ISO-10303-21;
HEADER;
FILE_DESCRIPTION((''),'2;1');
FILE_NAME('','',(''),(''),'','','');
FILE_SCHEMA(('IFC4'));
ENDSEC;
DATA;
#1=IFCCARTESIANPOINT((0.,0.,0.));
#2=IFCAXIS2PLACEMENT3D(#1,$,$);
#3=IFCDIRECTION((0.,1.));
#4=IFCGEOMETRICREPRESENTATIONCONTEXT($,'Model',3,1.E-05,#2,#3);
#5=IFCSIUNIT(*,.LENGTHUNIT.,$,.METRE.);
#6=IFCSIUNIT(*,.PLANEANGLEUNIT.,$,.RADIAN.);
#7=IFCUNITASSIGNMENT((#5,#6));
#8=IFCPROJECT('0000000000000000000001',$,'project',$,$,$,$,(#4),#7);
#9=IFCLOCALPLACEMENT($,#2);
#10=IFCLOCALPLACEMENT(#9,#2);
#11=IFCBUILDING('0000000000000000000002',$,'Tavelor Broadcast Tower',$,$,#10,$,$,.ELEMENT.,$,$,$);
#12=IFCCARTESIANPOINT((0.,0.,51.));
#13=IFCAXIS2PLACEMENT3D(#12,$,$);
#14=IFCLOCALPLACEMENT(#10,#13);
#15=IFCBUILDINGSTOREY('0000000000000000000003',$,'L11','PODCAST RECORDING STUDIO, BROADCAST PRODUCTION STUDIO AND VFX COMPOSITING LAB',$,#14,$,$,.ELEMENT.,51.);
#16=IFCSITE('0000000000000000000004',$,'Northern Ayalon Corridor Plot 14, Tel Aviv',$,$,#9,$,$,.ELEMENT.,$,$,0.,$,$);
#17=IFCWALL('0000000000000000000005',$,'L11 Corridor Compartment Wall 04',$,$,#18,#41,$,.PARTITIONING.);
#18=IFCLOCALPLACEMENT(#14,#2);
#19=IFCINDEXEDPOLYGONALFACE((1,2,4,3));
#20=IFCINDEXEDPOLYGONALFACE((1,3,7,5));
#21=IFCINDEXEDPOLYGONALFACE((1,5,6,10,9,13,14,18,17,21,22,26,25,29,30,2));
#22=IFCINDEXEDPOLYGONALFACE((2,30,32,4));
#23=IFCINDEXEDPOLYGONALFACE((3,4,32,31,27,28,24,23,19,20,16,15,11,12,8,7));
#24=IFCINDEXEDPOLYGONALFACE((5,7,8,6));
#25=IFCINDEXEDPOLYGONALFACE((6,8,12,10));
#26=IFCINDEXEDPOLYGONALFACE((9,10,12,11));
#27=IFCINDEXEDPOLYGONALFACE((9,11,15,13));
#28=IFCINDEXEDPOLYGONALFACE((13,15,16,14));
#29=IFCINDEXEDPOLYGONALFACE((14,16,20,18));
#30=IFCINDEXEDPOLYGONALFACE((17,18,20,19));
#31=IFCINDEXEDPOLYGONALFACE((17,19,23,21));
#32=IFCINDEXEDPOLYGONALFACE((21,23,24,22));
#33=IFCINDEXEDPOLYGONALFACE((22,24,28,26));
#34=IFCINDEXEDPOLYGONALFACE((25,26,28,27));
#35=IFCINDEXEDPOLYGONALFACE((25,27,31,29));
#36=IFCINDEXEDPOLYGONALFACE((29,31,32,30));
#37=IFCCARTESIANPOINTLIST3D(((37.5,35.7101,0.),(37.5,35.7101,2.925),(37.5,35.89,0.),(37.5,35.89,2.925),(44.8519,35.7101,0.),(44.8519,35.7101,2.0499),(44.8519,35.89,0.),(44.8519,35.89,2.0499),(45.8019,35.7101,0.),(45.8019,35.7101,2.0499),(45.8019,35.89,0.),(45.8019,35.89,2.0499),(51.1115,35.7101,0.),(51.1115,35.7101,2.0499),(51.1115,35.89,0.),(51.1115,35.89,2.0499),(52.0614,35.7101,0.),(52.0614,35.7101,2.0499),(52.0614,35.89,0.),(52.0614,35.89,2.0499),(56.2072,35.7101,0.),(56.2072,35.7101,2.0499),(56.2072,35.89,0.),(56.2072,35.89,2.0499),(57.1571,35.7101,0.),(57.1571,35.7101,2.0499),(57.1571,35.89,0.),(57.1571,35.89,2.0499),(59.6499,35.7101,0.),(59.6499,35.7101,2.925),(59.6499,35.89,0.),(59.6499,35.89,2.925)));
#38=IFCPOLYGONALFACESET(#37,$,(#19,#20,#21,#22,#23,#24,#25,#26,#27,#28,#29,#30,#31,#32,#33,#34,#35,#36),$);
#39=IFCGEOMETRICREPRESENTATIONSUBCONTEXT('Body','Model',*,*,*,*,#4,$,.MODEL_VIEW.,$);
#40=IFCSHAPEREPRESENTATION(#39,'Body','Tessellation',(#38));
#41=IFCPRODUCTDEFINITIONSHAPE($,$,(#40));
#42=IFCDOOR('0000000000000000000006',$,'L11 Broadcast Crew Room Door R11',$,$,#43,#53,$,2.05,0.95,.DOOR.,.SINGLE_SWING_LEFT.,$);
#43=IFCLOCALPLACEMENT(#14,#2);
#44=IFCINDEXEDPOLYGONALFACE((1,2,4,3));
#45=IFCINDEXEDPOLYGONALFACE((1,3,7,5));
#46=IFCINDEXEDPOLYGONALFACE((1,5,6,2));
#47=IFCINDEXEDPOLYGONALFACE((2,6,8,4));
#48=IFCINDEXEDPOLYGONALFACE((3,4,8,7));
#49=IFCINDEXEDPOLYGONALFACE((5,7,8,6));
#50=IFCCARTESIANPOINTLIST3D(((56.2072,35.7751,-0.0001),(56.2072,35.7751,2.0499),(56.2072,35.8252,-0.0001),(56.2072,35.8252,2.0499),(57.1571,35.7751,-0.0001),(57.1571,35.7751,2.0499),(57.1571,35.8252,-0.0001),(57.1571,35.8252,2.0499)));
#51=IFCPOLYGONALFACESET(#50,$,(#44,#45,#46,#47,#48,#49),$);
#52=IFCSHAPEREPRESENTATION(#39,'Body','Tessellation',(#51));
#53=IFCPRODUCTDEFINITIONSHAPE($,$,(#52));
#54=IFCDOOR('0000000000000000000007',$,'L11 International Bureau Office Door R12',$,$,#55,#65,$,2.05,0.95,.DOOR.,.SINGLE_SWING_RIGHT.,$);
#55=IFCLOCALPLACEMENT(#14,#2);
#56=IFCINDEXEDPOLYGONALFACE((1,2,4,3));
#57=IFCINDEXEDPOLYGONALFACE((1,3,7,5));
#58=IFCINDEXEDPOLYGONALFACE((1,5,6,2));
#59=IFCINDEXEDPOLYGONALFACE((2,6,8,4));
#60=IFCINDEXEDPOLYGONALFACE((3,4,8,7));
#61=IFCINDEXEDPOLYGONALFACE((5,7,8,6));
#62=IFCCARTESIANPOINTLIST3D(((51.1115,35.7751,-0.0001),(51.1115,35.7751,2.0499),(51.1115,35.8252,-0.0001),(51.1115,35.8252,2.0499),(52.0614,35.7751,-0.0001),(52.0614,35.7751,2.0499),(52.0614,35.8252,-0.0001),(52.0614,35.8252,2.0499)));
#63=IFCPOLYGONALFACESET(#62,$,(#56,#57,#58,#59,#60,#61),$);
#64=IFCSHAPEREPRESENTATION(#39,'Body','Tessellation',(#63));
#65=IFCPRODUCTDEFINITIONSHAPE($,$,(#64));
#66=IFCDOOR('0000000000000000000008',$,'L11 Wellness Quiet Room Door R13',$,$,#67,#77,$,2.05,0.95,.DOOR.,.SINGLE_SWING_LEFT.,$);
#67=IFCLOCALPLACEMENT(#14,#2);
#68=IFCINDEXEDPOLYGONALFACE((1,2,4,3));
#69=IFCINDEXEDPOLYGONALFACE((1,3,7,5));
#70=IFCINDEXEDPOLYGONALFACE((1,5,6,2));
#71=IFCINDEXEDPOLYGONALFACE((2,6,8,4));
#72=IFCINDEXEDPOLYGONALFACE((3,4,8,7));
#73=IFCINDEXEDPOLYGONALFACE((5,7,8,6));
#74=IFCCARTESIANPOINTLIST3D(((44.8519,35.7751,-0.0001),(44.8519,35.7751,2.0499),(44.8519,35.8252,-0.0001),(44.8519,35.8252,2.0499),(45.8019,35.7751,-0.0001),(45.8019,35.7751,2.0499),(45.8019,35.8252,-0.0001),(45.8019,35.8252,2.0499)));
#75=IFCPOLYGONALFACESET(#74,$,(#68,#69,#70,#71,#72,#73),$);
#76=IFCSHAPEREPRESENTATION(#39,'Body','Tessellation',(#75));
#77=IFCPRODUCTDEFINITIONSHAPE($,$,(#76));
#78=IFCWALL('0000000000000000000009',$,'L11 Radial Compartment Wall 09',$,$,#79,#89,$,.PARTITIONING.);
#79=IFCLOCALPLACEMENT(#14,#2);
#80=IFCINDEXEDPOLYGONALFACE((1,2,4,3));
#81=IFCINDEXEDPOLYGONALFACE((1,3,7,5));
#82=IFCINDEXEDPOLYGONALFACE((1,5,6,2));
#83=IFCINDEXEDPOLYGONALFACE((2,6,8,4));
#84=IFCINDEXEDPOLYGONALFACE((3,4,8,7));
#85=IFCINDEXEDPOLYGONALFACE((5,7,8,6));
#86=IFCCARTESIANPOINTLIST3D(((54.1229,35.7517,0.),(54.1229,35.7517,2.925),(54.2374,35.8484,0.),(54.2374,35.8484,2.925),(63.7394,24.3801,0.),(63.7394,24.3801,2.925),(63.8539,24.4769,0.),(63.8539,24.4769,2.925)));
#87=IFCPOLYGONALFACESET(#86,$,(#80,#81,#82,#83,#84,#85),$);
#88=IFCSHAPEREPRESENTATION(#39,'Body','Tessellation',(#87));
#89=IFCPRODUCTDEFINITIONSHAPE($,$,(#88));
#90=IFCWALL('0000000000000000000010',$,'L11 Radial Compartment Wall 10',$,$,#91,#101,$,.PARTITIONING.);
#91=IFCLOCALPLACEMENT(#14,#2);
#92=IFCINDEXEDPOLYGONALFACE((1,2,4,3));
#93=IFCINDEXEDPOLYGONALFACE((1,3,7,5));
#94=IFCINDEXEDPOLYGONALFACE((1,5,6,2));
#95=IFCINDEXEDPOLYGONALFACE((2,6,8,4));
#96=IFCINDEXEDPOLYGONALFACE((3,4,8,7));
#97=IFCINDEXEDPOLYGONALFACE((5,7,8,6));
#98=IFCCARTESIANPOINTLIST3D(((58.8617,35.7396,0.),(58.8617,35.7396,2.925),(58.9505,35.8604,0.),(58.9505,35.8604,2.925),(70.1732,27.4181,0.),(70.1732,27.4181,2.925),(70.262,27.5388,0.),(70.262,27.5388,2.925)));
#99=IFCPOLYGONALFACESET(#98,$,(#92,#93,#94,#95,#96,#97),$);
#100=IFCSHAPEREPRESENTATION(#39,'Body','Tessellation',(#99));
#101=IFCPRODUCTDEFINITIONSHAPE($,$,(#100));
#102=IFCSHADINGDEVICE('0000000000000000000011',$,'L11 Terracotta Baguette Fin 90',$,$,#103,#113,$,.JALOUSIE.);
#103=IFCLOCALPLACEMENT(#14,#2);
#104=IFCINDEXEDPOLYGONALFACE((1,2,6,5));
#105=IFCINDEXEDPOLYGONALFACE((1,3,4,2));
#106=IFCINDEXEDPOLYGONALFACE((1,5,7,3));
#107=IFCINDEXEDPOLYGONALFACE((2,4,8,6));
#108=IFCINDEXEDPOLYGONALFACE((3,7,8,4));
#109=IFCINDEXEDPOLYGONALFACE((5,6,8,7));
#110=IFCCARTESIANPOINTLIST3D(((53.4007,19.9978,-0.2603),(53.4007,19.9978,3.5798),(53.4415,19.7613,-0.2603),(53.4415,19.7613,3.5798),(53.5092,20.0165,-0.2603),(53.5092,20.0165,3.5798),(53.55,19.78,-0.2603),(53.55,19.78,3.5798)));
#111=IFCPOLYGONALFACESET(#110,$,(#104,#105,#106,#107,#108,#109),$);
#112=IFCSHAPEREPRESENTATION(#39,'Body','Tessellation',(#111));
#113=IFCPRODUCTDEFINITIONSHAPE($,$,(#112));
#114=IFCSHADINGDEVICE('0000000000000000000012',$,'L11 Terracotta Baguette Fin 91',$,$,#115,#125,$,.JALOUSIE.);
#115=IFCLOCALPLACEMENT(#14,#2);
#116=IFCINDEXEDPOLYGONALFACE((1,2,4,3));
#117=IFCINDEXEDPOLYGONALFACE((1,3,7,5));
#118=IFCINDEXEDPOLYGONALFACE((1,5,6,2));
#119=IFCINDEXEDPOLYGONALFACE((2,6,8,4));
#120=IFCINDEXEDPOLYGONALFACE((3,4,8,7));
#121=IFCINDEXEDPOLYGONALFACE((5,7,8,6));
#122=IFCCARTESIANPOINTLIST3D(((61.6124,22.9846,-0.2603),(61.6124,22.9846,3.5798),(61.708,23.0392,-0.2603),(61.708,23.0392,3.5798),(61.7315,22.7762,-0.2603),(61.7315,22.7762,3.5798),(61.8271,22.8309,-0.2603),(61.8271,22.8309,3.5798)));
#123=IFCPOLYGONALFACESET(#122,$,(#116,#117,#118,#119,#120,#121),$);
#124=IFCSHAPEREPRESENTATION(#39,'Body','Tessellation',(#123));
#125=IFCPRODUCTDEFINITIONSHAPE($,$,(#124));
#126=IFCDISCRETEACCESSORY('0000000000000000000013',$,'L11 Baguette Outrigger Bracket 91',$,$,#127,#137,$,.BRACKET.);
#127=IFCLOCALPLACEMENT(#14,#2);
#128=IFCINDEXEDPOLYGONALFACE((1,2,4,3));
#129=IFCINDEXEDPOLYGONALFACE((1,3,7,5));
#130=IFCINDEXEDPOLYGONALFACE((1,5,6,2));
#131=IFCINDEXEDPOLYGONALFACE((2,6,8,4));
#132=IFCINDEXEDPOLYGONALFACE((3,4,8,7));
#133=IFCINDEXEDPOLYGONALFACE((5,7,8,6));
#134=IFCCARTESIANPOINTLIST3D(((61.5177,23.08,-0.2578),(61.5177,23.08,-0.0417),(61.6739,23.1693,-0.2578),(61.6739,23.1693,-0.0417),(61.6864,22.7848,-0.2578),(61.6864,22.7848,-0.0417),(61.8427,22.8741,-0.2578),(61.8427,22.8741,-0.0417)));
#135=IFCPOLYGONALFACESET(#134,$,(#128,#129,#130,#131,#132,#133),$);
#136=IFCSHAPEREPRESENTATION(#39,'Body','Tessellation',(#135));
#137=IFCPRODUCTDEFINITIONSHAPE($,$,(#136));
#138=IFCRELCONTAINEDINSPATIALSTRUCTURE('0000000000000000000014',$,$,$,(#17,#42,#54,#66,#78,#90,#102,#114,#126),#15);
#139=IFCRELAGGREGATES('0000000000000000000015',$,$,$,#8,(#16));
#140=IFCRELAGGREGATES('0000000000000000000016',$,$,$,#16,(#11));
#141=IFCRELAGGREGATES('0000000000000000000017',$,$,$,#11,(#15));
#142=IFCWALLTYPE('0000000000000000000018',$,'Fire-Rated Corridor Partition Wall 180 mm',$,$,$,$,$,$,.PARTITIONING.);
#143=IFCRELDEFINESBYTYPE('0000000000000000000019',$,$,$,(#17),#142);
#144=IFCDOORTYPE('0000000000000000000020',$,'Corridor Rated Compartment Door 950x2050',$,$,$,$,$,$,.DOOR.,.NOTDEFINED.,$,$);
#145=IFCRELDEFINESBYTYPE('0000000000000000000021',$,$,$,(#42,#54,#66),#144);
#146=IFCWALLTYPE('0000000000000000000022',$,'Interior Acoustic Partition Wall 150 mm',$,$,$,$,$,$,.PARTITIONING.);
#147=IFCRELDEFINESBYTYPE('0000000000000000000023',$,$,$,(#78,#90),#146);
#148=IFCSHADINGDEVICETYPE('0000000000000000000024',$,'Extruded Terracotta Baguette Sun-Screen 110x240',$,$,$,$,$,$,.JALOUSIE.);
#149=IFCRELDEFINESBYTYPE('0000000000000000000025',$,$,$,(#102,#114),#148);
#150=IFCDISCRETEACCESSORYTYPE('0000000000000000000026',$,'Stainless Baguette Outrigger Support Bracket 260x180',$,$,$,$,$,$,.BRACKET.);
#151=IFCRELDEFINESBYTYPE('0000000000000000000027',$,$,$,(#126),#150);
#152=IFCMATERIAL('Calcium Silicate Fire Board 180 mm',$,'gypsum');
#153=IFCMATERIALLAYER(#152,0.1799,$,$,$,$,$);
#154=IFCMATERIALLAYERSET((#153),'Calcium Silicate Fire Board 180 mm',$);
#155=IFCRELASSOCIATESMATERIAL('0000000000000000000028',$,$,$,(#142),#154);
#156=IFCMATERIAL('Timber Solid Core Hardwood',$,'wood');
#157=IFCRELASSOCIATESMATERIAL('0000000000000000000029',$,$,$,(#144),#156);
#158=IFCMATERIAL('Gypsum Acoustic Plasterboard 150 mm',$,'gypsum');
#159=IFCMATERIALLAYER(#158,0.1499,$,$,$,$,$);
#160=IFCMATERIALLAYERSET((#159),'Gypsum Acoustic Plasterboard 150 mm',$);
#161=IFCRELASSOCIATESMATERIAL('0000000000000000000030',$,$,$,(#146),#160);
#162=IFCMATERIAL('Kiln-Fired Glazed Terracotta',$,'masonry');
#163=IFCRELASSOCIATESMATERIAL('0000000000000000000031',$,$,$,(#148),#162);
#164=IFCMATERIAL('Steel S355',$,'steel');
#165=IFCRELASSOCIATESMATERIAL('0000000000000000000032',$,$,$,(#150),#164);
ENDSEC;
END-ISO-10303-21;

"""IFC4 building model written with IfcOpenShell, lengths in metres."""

from ifc_helpers import new_model, si_unit, direction, frame, frame_2d, origin, origin_2d, place, context, subcontext, project, spatial, rectangle, extrude, source, transform, mapped, material, layer, layer_set, type_object, type_shapes, element, fill, save


model = new_model("IFC4")

# Units and contexts
model_context = context("Model", 3, precision=1e-05, world=origin(), true_north=direction((0.0, 1.0)))
body_context = subcontext(model_context, "Body", "Model", "MODEL_VIEW")
ifc_project = project(units=[si_unit("LENGTHUNIT", "METRE"), si_unit("PLANEANGLEUNIT", "RADIAN")], contexts=[model_context])

# Site, building, storey
site_placement = place(None, origin())
site = spatial("IfcSite", under=ifc_project, at=site_placement, Name="Northern Ayalon Corridor Plot 14, Tel Aviv", CompositionType="ELEMENT", RefElevation=0.0)
building_placement = place(site_placement, origin())
building = spatial("IfcBuilding", under=site, at=building_placement, Name="Tavelor Broadcast Tower", CompositionType="ELEMENT")
storey_placement = place(building_placement, frame((0.0, 0.0, 51.0)))
storey = spatial("IfcBuildingStorey", under=building, at=storey_placement, Name="L11", Description="PODCAST RECORDING STUDIO, BROADCAST PRODUCTION STUDIO AND VFX COMPOSITING LAB", CompositionType="ELEMENT", Elevation=51.0)

# Shared definitions
ifc_material_1 = material(Name="Steel S355", Category="steel")

# Wall, openings, doors
ifc_material_2 = material(Name="Calcium Silicate Fire Board 180 mm", Category="gypsum")
ifc_layer_1 = layer(ifc_material_2, 0.1799)
ifc_layer_set_1 = layer_set([ifc_layer_1], Name="Calcium Silicate Fire Board 180 mm")
wall_type_1 = type_object("IfcWallType", Name="Fire-Rated Corridor Partition Wall 180 mm", PredefinedType="PARTITIONING", material=ifc_layer_set_1)
wall_1_placement = place(storey_placement, frame((59.6499, 35.8, 0.0), z_axis=(0.0, 0.0, 1.0), x_axis=(-1.0, 0.0, 0.0)))
wall_1 = element("IfcWall", 1, at=wall_1_placement, inside=storey, type_object=wall_type_1, Name="L11 Corridor Compartment Wall 04", PredefinedType="PARTITIONING", context=body_context, shape_type="SweptSolid", body=[
    extrude(rectangle(XDim=22.1499, YDim=0.1799, at=frame_2d((11.075, 0.0))), origin(), (0.0, 0.0, 1.0), 2.925),
])
opening_1_placement = place(wall_1_placement, frame((2.4927, 0.0, 0.0)))
opening_1 = element("IfcOpeningElement", 2, at=opening_1_placement, cuts=wall_1, PredefinedType="OPENING", context=body_context, shape_type="SweptSolid", body=[
    extrude(rectangle(XDim=0.95, YDim=2.05, at=frame_2d((0.4751, 1.0249))), frame((0.0, 0.1001, 0.0), z_axis=(0.0, -1.0, 0.0), x_axis=(1.0, 0.0, 0.0)), (0.0, 0.0, 1.0), 0.2),
])
opening_2_placement = place(wall_1_placement, frame((7.5884, 0.0, 0.0)))
opening_2 = element("IfcOpeningElement", 3, at=opening_2_placement, cuts=wall_1, PredefinedType="OPENING", context=body_context, shape_type="SweptSolid", body=[
    extrude(rectangle(XDim=0.95, YDim=2.05, at=frame_2d((0.4751, 1.0249))), frame((0.0, 0.1001, 0.0), z_axis=(0.0, -1.0, 0.0), x_axis=(1.0, 0.0, 0.0)), (0.0, 0.0, 1.0), 0.2),
])
opening_3_placement = place(wall_1_placement, frame((13.8479, 0.0, 0.0)))
opening_3 = element("IfcOpeningElement", 4, at=opening_3_placement, cuts=wall_1, PredefinedType="OPENING", context=body_context, shape_type="SweptSolid", body=[
    extrude(rectangle(XDim=0.95, YDim=2.05, at=frame_2d((0.4751, 1.0249))), frame((0.0, 0.1001, 0.0), z_axis=(0.0, -1.0, 0.0), x_axis=(1.0, 0.0, 0.0)), (0.0, 0.0, 1.0), 0.2),
])
ifc_material_3 = material(Name="Timber Solid Core Hardwood", Category="wood")
door_type_1 = type_object("IfcDoorType", Name="Corridor Rated Compartment Door 950x2050", OperationType="NOTDEFINED", PredefinedType="DOOR", material=ifc_material_3)
door_1_placement = place(opening_1_placement, origin())
door_1 = element("IfcDoor", 5, at=door_1_placement, inside=storey, type_object=door_type_1, Name="L11 Broadcast Crew Room Door R11", OperationType="SINGLE_SWING_LEFT", OverallHeight=2.05, OverallWidth=0.95, PredefinedType="DOOR", context=body_context, shape_type="SweptSolid", body=[
    extrude(rectangle(XDim=0.95, YDim=2.05, at=frame_2d((0.4751, 1.0249))), frame((0.0, 0.0249, 0.0), z_axis=(0.0, -1.0, 0.0), x_axis=(1.0, 0.0, 0.0)), (0.0, 0.0, 1.0), 0.05),
])
fill(opening_1, door_1)
door_2_placement = place(opening_2_placement, origin())
door_2 = element("IfcDoor", 6, at=door_2_placement, inside=storey, type_object=door_type_1, Name="L11 International Bureau Office Door R12", OperationType="SINGLE_SWING_RIGHT", OverallHeight=2.05, OverallWidth=0.95, PredefinedType="DOOR", context=body_context, shape_type="SweptSolid", body=[
    extrude(rectangle(XDim=0.95, YDim=2.05, at=frame_2d((0.4751, 1.0249))), frame((0.0, 0.0249, 0.0), z_axis=(0.0, -1.0, 0.0), x_axis=(1.0, 0.0, 0.0)), (0.0, 0.0, 1.0), 0.05),
])
fill(opening_2, door_2)
door_3_placement = place(opening_3_placement, origin())
door_3 = element("IfcDoor", 7, at=door_3_placement, inside=storey, type_object=door_type_1, Name="L11 Wellness Quiet Room Door R13", OperationType="SINGLE_SWING_LEFT", OverallHeight=2.05, OverallWidth=0.95, PredefinedType="DOOR", context=body_context, shape_type="SweptSolid", body=[
    extrude(rectangle(XDim=0.95, YDim=2.05, at=frame_2d((0.4751, 1.0249))), frame((0.0, 0.0249, 0.0), z_axis=(0.0, -1.0, 0.0), x_axis=(1.0, 0.0, 0.0)), (0.0, 0.0, 1.0), 0.05),
])
fill(opening_3, door_3)

# Walls
ifc_material_4 = material(Name="Gypsum Acoustic Plasterboard 150 mm", Category="gypsum")
ifc_layer_2 = layer(ifc_material_4, 0.1499)
ifc_layer_set_2 = layer_set([ifc_layer_2], Name="Gypsum Acoustic Plasterboard 150 mm")
wall_type_2 = type_object("IfcWallType", Name="Interior Acoustic Partition Wall 150 mm", PredefinedType="PARTITIONING", material=ifc_layer_set_2)
wall_2_placement = place(storey_placement, frame((54.1802, 35.8, 0.0), z_axis=(0.0, 0.0, 1.0), x_axis=(0.645721, -0.763573, 0.0)))
element("IfcWall", 8, at=wall_2_placement, inside=storey, type_object=wall_type_2, Name="L11 Radial Compartment Wall 09", PredefinedType="PARTITIONING", context=body_context, shape_type="SweptSolid", body=[
    extrude(rectangle(XDim=14.8926, YDim=0.1499, at=frame_2d((7.4463, 0.0))), origin(), (0.0, 0.0, 1.0), 2.925),
])
wall_3_placement = place(storey_placement, frame((58.906, 35.8, 0.0), z_axis=(0.0, 0.0, 1.0), x_axis=(0.805507, -0.592586, 0.0)))
element("IfcWall", 9, at=wall_3_placement, inside=storey, type_object=wall_type_2, Name="L11 Radial Compartment Wall 10", PredefinedType="PARTITIONING", context=body_context, shape_type="SweptSolid", body=[
    extrude(rectangle(XDim=14.0427, YDim=0.1499, at=frame_2d((7.0215, 0.0))), origin(), (0.0, 0.0, 1.0), 2.925),
])

# Shading devices
ifc_material_5 = material(Name="Kiln-Fired Glazed Terracotta", Category="masonry")
shading_device_type = type_object("IfcShadingDeviceType", Name="Extruded Terracotta Baguette Sun-Screen 110x240", PredefinedType="JALOUSIE", material=ifc_material_5)
shared_shape_1 = source(origin(), body_context, "Body", "SweptSolid", [
    extrude(rectangle(XDim=0.1101, YDim=0.24, at=origin_2d()), origin(), (0.0, 0.0, 1.0), 3.8401),
])
type_shapes(shading_device_type, [shared_shape_1])
for number, where, z_axis, x_axis, name in (
    (10, (53.4753, 19.8889, -0.2603), (0.0, 0.0, 1.0), (0.985467, 0.169866, 0.0), "L11 Terracotta Baguette Fin 90"),
    (11, (61.7197, 22.9077, -0.2603), (0.0, 0.0, 1.0), (0.868199, 0.496217, 0.0), "L11 Terracotta Baguette Fin 91"),
):
    element("IfcShadingDevice", number, at=place(storey_placement, frame(where, z_axis=z_axis, x_axis=x_axis)), inside=storey, type_object=shading_device_type, Name=name, PredefinedType="JALOUSIE", context=body_context, shape_type="MappedRepresentation", body=[
        mapped(shared_shape_1, transform((0.0, 0.0, 0.0), scale=1.0)),
    ])

# Discrete accessory
discrete_accessory_type = type_object("IfcDiscreteAccessoryType", Name="Stainless Baguette Outrigger Support Bracket 260x180", PredefinedType="BRACKET", material=ifc_material_1)
shared_shape_2 = source(origin(), body_context, "Body", "SweptSolid", [
    extrude(rectangle(XDim=0.1799, YDim=0.3401, at=origin_2d()), origin(), (0.0, 0.0, 1.0), 0.2161),
])
type_shapes(discrete_accessory_type, [shared_shape_2])
discrete_accessory_placement = place(storey_placement, frame((61.6802, 22.9771, -0.2578), z_axis=(0.0, 0.0, 1.0), x_axis=(0.868199, 0.496217, 0.0)))
element("IfcDiscreteAccessory", 12, at=discrete_accessory_placement, inside=storey, type_object=discrete_accessory_type, Name="L11 Baguette Outrigger Bracket 91", PredefinedType="BRACKET", context=body_context, shape_type="MappedRepresentation", body=[
    mapped(shared_shape_2, transform((0.0, 0.0, 0.0), scale=1.0)),
])

save(model, "model.ifc")
